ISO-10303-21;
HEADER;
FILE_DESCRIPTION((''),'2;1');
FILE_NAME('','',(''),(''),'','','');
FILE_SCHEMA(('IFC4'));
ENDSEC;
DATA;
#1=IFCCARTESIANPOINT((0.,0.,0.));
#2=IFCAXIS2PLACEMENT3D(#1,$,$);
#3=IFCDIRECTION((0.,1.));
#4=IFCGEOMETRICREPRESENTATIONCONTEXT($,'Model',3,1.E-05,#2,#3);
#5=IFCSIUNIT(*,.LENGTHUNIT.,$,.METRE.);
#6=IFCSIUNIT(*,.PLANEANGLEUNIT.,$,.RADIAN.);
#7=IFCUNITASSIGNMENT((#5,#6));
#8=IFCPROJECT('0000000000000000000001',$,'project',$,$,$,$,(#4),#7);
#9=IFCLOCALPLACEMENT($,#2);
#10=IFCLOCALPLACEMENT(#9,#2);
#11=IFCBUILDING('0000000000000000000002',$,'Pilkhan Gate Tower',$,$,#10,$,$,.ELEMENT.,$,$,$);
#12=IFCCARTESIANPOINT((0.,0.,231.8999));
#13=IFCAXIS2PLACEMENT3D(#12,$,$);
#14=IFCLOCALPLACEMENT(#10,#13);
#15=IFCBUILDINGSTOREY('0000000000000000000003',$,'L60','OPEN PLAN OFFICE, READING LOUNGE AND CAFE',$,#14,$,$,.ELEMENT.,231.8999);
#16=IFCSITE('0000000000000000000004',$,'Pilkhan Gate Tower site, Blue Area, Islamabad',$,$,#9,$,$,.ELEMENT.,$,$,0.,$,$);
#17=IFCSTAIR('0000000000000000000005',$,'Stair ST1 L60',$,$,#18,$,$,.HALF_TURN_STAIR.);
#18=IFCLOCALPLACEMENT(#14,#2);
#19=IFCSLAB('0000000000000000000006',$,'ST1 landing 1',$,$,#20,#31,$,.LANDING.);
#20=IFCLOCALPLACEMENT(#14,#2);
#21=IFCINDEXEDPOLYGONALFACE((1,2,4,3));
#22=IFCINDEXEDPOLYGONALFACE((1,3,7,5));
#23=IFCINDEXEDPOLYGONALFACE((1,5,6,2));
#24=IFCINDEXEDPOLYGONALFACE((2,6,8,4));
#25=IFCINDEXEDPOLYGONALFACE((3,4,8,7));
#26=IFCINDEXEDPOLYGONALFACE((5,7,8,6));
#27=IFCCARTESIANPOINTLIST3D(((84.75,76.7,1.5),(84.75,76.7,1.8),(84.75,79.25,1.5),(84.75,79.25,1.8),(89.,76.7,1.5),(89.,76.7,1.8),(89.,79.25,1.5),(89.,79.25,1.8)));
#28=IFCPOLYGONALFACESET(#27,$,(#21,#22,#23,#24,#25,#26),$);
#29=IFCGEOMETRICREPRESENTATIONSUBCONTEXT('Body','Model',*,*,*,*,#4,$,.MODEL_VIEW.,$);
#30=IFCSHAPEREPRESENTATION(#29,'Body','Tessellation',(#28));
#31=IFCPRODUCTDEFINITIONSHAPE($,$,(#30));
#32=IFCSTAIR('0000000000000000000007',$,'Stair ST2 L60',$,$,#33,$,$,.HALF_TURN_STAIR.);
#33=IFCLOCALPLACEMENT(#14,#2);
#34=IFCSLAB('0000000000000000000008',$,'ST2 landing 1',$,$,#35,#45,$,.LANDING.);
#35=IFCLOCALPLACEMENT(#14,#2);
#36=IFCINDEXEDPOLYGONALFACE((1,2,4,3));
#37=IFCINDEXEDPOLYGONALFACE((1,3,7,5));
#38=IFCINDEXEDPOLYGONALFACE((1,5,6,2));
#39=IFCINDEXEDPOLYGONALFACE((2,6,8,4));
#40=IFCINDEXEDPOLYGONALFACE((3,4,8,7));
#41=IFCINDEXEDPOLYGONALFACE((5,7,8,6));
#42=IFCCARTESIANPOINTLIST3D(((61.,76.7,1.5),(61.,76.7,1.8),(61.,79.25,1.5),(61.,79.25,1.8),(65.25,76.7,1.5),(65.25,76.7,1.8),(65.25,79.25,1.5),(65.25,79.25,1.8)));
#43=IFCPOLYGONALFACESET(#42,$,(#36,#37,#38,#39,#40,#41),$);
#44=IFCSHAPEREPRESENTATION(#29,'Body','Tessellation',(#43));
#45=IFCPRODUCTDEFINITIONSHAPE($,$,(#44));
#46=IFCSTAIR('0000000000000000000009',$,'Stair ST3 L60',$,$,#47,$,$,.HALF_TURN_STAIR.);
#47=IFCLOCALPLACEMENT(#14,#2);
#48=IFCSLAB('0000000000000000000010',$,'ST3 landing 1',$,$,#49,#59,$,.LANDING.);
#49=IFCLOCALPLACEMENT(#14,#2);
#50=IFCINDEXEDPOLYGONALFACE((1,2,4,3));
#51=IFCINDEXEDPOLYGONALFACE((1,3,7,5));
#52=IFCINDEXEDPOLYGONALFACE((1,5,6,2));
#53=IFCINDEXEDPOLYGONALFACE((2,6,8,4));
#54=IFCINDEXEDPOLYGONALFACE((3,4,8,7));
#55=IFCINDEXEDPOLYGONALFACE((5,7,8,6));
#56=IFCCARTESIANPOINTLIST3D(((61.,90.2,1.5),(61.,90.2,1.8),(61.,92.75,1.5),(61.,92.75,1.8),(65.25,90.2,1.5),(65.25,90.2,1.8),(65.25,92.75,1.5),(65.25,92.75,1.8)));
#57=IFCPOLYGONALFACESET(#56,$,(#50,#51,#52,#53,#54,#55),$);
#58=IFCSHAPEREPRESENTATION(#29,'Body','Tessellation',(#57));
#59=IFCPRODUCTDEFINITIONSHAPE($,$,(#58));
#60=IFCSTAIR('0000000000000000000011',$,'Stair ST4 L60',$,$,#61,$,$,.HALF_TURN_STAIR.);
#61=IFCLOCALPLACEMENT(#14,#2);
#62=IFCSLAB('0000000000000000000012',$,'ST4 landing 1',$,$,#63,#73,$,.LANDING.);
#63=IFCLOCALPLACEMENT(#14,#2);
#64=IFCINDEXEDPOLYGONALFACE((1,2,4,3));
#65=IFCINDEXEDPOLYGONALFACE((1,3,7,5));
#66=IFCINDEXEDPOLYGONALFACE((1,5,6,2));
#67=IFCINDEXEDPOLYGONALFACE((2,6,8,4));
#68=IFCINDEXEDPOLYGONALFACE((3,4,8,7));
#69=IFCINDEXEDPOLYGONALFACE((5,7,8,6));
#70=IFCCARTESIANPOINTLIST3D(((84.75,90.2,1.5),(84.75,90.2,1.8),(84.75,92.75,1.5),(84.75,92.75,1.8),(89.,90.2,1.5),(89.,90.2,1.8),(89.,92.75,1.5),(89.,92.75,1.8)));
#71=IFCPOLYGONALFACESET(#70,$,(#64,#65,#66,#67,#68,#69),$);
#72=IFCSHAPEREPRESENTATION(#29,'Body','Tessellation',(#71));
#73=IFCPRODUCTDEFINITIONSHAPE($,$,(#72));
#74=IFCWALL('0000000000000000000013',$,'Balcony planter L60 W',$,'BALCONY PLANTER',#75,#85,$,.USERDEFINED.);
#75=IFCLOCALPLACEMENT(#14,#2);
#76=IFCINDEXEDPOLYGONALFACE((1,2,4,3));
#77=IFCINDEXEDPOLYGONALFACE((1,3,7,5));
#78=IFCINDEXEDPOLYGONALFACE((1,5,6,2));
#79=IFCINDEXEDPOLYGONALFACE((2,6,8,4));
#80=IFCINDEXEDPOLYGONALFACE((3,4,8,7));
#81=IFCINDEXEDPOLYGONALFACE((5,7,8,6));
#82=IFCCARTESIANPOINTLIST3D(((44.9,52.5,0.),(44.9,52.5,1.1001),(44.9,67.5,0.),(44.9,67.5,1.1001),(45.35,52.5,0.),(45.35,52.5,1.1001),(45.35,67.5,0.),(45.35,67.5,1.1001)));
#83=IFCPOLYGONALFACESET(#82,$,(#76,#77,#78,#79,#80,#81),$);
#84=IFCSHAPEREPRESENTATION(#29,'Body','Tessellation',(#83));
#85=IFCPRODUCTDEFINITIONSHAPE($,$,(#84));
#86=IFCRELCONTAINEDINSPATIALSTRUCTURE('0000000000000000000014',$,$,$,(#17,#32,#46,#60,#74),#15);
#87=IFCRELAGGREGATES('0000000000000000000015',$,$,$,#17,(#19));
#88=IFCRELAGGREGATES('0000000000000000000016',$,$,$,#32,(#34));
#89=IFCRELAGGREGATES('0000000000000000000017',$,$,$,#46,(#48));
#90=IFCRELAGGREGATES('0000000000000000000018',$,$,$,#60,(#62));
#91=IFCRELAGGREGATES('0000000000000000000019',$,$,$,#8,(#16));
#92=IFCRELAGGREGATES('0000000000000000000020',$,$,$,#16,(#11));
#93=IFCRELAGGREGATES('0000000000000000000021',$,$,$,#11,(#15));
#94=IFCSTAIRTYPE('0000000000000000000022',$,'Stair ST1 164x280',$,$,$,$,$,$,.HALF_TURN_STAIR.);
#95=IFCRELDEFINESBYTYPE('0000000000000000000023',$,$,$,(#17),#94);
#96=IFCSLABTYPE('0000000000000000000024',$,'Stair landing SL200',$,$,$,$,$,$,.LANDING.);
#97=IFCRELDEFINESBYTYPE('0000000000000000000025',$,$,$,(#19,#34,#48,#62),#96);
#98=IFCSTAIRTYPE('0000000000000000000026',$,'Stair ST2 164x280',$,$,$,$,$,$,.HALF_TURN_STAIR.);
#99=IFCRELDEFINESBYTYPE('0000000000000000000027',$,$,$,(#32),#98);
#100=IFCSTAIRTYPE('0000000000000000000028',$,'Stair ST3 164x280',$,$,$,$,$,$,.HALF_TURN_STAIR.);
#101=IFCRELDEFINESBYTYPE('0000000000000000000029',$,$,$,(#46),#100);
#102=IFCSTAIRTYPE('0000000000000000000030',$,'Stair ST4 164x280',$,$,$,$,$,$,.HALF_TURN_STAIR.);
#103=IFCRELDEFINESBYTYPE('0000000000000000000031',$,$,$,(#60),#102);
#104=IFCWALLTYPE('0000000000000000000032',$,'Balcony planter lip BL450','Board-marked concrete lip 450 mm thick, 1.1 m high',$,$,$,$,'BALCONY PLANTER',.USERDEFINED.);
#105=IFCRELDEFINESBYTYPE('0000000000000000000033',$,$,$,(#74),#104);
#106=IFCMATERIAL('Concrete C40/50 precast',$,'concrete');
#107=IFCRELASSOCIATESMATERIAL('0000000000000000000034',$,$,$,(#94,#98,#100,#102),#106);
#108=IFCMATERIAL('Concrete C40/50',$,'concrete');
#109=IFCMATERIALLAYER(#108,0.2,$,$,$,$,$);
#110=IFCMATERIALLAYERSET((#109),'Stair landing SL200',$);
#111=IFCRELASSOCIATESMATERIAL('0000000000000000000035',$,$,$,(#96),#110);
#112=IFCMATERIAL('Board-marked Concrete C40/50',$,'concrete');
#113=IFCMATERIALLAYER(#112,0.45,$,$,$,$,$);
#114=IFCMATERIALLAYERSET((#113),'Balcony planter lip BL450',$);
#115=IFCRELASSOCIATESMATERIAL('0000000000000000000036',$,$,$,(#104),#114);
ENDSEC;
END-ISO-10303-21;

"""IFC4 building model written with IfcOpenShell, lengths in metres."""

from ifc_helpers import new_model, si_unit, direction, frame, frame_2d, origin, place, context, subcontext, project, spatial, polyline, rectangle, outline, extrude, material, layer, layer_set, type_object, element, aggregate, save


model = new_model("IFC4")

# Units and contexts
model_context = context("Model", 3, precision=1e-05, world=origin(), true_north=direction((0.0, 1.0)))
body_context = subcontext(model_context, "Body", "Model", "MODEL_VIEW")
ifc_project = project(units=[si_unit("LENGTHUNIT", "METRE"), si_unit("PLANEANGLEUNIT", "RADIAN")], contexts=[model_context])

# Site, building, storey
site_placement = place(None, origin())
site = spatial("IfcSite", under=ifc_project, at=site_placement, Name="Pilkhan Gate Tower site, Blue Area, Islamabad", CompositionType="ELEMENT", RefElevation=0.0)
building_placement = place(site_placement, origin())
building = spatial("IfcBuilding", under=site, at=building_placement, Name="Pilkhan Gate Tower", CompositionType="ELEMENT")
storey_placement = place(building_placement, frame((0.0, 0.0, 231.8999)))
storey = spatial("IfcBuildingStorey", under=building, at=storey_placement, Name="L60", Description="OPEN PLAN OFFICE, READING LOUNGE AND CAFE", CompositionType="ELEMENT", Elevation=231.8999)

# Shared definitions
ifc_material_1 = material(Name="Concrete C40/50", Category="concrete")

# Stairs, slabs
ifc_material_2 = material(Name="Concrete C40/50 precast", Category="concrete")
stair_type_1 = type_object("IfcStairType", Name="Stair ST1 164x280", PredefinedType="HALF_TURN_STAIR", material=ifc_material_2)
stair_1_placement = place(storey_placement, origin())
stair_1 = element("IfcStair", 1, at=stair_1_placement, inside=storey, type_object=stair_type_1, Name="Stair ST1 L60", PredefinedType="HALF_TURN_STAIR")
ifc_layer_1 = layer(ifc_material_1, 0.2)
ifc_layer_set_1 = layer_set([ifc_layer_1], Name="Stair landing SL200")
slab_type_1 = type_object("IfcSlabType", Name="Stair landing SL200", PredefinedType="LANDING", material=ifc_layer_set_1)
slab_1_placement = place(storey_placement, frame((0.0, 0.0, 1.5)))
slab_1 = element("IfcSlab", 2, at=slab_1_placement, type_object=slab_type_1, Name="ST1 landing 1", PredefinedType="LANDING", context=body_context, shape_type="SweptSolid", body=[
    extrude(outline(polyline([(89.0, 76.7), (89.0, 79.25), (84.75, 79.25), (84.75, 76.7), (89.0, 76.7)])), origin(), (0.0, 0.0, 1.0), 0.3),
])
aggregate(stair_1, [slab_1])
stair_type_2 = type_object("IfcStairType", Name="Stair ST2 164x280", PredefinedType="HALF_TURN_STAIR", material=ifc_material_2)
stair_2_placement = place(storey_placement, origin())
stair_2 = element("IfcStair", 3, at=stair_2_placement, inside=storey, type_object=stair_type_2, Name="Stair ST2 L60", PredefinedType="HALF_TURN_STAIR")
slab_2_placement = place(storey_placement, frame((0.0, 0.0, 1.5)))
slab_2 = element("IfcSlab", 4, at=slab_2_placement, type_object=slab_type_1, Name="ST2 landing 1", PredefinedType="LANDING", context=body_context, shape_type="SweptSolid", body=[
    extrude(outline(polyline([(65.25, 76.7), (65.25, 79.25), (61.0, 79.25), (61.0, 76.7), (65.25, 76.7)])), origin(), (0.0, 0.0, 1.0), 0.3),
])
aggregate(stair_2, [slab_2])
stair_type_3 = type_object("IfcStairType", Name="Stair ST3 164x280", PredefinedType="HALF_TURN_STAIR", material=ifc_material_2)
stair_3_placement = place(storey_placement, origin())
stair_3 = element("IfcStair", 5, at=stair_3_placement, inside=storey, type_object=stair_type_3, Name="Stair ST3 L60", PredefinedType="HALF_TURN_STAIR")
slab_3_placement = place(storey_placement, frame((0.0, 0.0, 1.5)))
slab_3 = element("IfcSlab", 6, at=slab_3_placement, type_object=slab_type_1, Name="ST3 landing 1", PredefinedType="LANDING", context=body_context, shape_type="SweptSolid", body=[
    extrude(outline(polyline([(65.25, 90.2), (65.25, 92.75), (61.0, 92.75), (61.0, 90.2), (65.25, 90.2)])), origin(), (0.0, 0.0, 1.0), 0.3),
])
aggregate(stair_3, [slab_3])
stair_type_4 = type_object("IfcStairType", Name="Stair ST4 164x280", PredefinedType="HALF_TURN_STAIR", material=ifc_material_2)
stair_4_placement = place(storey_placement, origin())
stair_4 = element("IfcStair", 7, at=stair_4_placement, inside=storey, type_object=stair_type_4, Name="Stair ST4 L60", PredefinedType="HALF_TURN_STAIR")
slab_4_placement = place(storey_placement, frame((0.0, 0.0, 1.5)))
slab_4 = element("IfcSlab", 8, at=slab_4_placement, type_object=slab_type_1, Name="ST4 landing 1", PredefinedType="LANDING", context=body_context, shape_type="SweptSolid", body=[
    extrude(outline(polyline([(89.0, 90.2), (89.0, 92.75), (84.75, 92.75), (84.75, 90.2), (89.0, 90.2)])), origin(), (0.0, 0.0, 1.0), 0.3),
])
aggregate(stair_4, [slab_4])

# Wall
ifc_material_3 = material(Name="Board-marked Concrete C40/50", Category="concrete")
ifc_layer_2 = layer(ifc_material_3, 0.45)
ifc_layer_set_2 = layer_set([ifc_layer_2], Name="Balcony planter lip BL450")
wall_type = type_object("IfcWallType", Name="Balcony planter lip BL450", Description="Board-marked concrete lip 450 mm thick, 1.1 m high", ElementType="BALCONY PLANTER", PredefinedType="USERDEFINED", material=ifc_layer_set_2)
wall_placement = place(storey_placement, frame((45.125, 52.5, 0.0), z_axis=(0.0, 0.0, 1.0), x_axis=(0.0, 1.0, 0.0)))
element("IfcWall", 9, at=wall_placement, inside=storey, type_object=wall_type, Name="Balcony planter L60 W", ObjectType="BALCONY PLANTER", PredefinedType="USERDEFINED", context=body_context, shape_type="SweptSolid", body=[
    extrude(rectangle(XDim=15.0, YDim=0.45, at=frame_2d((7.5, 0.0))), origin(), (0.0, 0.0, 1.0), 1.1001),
])

save(model, "model.ifc")
